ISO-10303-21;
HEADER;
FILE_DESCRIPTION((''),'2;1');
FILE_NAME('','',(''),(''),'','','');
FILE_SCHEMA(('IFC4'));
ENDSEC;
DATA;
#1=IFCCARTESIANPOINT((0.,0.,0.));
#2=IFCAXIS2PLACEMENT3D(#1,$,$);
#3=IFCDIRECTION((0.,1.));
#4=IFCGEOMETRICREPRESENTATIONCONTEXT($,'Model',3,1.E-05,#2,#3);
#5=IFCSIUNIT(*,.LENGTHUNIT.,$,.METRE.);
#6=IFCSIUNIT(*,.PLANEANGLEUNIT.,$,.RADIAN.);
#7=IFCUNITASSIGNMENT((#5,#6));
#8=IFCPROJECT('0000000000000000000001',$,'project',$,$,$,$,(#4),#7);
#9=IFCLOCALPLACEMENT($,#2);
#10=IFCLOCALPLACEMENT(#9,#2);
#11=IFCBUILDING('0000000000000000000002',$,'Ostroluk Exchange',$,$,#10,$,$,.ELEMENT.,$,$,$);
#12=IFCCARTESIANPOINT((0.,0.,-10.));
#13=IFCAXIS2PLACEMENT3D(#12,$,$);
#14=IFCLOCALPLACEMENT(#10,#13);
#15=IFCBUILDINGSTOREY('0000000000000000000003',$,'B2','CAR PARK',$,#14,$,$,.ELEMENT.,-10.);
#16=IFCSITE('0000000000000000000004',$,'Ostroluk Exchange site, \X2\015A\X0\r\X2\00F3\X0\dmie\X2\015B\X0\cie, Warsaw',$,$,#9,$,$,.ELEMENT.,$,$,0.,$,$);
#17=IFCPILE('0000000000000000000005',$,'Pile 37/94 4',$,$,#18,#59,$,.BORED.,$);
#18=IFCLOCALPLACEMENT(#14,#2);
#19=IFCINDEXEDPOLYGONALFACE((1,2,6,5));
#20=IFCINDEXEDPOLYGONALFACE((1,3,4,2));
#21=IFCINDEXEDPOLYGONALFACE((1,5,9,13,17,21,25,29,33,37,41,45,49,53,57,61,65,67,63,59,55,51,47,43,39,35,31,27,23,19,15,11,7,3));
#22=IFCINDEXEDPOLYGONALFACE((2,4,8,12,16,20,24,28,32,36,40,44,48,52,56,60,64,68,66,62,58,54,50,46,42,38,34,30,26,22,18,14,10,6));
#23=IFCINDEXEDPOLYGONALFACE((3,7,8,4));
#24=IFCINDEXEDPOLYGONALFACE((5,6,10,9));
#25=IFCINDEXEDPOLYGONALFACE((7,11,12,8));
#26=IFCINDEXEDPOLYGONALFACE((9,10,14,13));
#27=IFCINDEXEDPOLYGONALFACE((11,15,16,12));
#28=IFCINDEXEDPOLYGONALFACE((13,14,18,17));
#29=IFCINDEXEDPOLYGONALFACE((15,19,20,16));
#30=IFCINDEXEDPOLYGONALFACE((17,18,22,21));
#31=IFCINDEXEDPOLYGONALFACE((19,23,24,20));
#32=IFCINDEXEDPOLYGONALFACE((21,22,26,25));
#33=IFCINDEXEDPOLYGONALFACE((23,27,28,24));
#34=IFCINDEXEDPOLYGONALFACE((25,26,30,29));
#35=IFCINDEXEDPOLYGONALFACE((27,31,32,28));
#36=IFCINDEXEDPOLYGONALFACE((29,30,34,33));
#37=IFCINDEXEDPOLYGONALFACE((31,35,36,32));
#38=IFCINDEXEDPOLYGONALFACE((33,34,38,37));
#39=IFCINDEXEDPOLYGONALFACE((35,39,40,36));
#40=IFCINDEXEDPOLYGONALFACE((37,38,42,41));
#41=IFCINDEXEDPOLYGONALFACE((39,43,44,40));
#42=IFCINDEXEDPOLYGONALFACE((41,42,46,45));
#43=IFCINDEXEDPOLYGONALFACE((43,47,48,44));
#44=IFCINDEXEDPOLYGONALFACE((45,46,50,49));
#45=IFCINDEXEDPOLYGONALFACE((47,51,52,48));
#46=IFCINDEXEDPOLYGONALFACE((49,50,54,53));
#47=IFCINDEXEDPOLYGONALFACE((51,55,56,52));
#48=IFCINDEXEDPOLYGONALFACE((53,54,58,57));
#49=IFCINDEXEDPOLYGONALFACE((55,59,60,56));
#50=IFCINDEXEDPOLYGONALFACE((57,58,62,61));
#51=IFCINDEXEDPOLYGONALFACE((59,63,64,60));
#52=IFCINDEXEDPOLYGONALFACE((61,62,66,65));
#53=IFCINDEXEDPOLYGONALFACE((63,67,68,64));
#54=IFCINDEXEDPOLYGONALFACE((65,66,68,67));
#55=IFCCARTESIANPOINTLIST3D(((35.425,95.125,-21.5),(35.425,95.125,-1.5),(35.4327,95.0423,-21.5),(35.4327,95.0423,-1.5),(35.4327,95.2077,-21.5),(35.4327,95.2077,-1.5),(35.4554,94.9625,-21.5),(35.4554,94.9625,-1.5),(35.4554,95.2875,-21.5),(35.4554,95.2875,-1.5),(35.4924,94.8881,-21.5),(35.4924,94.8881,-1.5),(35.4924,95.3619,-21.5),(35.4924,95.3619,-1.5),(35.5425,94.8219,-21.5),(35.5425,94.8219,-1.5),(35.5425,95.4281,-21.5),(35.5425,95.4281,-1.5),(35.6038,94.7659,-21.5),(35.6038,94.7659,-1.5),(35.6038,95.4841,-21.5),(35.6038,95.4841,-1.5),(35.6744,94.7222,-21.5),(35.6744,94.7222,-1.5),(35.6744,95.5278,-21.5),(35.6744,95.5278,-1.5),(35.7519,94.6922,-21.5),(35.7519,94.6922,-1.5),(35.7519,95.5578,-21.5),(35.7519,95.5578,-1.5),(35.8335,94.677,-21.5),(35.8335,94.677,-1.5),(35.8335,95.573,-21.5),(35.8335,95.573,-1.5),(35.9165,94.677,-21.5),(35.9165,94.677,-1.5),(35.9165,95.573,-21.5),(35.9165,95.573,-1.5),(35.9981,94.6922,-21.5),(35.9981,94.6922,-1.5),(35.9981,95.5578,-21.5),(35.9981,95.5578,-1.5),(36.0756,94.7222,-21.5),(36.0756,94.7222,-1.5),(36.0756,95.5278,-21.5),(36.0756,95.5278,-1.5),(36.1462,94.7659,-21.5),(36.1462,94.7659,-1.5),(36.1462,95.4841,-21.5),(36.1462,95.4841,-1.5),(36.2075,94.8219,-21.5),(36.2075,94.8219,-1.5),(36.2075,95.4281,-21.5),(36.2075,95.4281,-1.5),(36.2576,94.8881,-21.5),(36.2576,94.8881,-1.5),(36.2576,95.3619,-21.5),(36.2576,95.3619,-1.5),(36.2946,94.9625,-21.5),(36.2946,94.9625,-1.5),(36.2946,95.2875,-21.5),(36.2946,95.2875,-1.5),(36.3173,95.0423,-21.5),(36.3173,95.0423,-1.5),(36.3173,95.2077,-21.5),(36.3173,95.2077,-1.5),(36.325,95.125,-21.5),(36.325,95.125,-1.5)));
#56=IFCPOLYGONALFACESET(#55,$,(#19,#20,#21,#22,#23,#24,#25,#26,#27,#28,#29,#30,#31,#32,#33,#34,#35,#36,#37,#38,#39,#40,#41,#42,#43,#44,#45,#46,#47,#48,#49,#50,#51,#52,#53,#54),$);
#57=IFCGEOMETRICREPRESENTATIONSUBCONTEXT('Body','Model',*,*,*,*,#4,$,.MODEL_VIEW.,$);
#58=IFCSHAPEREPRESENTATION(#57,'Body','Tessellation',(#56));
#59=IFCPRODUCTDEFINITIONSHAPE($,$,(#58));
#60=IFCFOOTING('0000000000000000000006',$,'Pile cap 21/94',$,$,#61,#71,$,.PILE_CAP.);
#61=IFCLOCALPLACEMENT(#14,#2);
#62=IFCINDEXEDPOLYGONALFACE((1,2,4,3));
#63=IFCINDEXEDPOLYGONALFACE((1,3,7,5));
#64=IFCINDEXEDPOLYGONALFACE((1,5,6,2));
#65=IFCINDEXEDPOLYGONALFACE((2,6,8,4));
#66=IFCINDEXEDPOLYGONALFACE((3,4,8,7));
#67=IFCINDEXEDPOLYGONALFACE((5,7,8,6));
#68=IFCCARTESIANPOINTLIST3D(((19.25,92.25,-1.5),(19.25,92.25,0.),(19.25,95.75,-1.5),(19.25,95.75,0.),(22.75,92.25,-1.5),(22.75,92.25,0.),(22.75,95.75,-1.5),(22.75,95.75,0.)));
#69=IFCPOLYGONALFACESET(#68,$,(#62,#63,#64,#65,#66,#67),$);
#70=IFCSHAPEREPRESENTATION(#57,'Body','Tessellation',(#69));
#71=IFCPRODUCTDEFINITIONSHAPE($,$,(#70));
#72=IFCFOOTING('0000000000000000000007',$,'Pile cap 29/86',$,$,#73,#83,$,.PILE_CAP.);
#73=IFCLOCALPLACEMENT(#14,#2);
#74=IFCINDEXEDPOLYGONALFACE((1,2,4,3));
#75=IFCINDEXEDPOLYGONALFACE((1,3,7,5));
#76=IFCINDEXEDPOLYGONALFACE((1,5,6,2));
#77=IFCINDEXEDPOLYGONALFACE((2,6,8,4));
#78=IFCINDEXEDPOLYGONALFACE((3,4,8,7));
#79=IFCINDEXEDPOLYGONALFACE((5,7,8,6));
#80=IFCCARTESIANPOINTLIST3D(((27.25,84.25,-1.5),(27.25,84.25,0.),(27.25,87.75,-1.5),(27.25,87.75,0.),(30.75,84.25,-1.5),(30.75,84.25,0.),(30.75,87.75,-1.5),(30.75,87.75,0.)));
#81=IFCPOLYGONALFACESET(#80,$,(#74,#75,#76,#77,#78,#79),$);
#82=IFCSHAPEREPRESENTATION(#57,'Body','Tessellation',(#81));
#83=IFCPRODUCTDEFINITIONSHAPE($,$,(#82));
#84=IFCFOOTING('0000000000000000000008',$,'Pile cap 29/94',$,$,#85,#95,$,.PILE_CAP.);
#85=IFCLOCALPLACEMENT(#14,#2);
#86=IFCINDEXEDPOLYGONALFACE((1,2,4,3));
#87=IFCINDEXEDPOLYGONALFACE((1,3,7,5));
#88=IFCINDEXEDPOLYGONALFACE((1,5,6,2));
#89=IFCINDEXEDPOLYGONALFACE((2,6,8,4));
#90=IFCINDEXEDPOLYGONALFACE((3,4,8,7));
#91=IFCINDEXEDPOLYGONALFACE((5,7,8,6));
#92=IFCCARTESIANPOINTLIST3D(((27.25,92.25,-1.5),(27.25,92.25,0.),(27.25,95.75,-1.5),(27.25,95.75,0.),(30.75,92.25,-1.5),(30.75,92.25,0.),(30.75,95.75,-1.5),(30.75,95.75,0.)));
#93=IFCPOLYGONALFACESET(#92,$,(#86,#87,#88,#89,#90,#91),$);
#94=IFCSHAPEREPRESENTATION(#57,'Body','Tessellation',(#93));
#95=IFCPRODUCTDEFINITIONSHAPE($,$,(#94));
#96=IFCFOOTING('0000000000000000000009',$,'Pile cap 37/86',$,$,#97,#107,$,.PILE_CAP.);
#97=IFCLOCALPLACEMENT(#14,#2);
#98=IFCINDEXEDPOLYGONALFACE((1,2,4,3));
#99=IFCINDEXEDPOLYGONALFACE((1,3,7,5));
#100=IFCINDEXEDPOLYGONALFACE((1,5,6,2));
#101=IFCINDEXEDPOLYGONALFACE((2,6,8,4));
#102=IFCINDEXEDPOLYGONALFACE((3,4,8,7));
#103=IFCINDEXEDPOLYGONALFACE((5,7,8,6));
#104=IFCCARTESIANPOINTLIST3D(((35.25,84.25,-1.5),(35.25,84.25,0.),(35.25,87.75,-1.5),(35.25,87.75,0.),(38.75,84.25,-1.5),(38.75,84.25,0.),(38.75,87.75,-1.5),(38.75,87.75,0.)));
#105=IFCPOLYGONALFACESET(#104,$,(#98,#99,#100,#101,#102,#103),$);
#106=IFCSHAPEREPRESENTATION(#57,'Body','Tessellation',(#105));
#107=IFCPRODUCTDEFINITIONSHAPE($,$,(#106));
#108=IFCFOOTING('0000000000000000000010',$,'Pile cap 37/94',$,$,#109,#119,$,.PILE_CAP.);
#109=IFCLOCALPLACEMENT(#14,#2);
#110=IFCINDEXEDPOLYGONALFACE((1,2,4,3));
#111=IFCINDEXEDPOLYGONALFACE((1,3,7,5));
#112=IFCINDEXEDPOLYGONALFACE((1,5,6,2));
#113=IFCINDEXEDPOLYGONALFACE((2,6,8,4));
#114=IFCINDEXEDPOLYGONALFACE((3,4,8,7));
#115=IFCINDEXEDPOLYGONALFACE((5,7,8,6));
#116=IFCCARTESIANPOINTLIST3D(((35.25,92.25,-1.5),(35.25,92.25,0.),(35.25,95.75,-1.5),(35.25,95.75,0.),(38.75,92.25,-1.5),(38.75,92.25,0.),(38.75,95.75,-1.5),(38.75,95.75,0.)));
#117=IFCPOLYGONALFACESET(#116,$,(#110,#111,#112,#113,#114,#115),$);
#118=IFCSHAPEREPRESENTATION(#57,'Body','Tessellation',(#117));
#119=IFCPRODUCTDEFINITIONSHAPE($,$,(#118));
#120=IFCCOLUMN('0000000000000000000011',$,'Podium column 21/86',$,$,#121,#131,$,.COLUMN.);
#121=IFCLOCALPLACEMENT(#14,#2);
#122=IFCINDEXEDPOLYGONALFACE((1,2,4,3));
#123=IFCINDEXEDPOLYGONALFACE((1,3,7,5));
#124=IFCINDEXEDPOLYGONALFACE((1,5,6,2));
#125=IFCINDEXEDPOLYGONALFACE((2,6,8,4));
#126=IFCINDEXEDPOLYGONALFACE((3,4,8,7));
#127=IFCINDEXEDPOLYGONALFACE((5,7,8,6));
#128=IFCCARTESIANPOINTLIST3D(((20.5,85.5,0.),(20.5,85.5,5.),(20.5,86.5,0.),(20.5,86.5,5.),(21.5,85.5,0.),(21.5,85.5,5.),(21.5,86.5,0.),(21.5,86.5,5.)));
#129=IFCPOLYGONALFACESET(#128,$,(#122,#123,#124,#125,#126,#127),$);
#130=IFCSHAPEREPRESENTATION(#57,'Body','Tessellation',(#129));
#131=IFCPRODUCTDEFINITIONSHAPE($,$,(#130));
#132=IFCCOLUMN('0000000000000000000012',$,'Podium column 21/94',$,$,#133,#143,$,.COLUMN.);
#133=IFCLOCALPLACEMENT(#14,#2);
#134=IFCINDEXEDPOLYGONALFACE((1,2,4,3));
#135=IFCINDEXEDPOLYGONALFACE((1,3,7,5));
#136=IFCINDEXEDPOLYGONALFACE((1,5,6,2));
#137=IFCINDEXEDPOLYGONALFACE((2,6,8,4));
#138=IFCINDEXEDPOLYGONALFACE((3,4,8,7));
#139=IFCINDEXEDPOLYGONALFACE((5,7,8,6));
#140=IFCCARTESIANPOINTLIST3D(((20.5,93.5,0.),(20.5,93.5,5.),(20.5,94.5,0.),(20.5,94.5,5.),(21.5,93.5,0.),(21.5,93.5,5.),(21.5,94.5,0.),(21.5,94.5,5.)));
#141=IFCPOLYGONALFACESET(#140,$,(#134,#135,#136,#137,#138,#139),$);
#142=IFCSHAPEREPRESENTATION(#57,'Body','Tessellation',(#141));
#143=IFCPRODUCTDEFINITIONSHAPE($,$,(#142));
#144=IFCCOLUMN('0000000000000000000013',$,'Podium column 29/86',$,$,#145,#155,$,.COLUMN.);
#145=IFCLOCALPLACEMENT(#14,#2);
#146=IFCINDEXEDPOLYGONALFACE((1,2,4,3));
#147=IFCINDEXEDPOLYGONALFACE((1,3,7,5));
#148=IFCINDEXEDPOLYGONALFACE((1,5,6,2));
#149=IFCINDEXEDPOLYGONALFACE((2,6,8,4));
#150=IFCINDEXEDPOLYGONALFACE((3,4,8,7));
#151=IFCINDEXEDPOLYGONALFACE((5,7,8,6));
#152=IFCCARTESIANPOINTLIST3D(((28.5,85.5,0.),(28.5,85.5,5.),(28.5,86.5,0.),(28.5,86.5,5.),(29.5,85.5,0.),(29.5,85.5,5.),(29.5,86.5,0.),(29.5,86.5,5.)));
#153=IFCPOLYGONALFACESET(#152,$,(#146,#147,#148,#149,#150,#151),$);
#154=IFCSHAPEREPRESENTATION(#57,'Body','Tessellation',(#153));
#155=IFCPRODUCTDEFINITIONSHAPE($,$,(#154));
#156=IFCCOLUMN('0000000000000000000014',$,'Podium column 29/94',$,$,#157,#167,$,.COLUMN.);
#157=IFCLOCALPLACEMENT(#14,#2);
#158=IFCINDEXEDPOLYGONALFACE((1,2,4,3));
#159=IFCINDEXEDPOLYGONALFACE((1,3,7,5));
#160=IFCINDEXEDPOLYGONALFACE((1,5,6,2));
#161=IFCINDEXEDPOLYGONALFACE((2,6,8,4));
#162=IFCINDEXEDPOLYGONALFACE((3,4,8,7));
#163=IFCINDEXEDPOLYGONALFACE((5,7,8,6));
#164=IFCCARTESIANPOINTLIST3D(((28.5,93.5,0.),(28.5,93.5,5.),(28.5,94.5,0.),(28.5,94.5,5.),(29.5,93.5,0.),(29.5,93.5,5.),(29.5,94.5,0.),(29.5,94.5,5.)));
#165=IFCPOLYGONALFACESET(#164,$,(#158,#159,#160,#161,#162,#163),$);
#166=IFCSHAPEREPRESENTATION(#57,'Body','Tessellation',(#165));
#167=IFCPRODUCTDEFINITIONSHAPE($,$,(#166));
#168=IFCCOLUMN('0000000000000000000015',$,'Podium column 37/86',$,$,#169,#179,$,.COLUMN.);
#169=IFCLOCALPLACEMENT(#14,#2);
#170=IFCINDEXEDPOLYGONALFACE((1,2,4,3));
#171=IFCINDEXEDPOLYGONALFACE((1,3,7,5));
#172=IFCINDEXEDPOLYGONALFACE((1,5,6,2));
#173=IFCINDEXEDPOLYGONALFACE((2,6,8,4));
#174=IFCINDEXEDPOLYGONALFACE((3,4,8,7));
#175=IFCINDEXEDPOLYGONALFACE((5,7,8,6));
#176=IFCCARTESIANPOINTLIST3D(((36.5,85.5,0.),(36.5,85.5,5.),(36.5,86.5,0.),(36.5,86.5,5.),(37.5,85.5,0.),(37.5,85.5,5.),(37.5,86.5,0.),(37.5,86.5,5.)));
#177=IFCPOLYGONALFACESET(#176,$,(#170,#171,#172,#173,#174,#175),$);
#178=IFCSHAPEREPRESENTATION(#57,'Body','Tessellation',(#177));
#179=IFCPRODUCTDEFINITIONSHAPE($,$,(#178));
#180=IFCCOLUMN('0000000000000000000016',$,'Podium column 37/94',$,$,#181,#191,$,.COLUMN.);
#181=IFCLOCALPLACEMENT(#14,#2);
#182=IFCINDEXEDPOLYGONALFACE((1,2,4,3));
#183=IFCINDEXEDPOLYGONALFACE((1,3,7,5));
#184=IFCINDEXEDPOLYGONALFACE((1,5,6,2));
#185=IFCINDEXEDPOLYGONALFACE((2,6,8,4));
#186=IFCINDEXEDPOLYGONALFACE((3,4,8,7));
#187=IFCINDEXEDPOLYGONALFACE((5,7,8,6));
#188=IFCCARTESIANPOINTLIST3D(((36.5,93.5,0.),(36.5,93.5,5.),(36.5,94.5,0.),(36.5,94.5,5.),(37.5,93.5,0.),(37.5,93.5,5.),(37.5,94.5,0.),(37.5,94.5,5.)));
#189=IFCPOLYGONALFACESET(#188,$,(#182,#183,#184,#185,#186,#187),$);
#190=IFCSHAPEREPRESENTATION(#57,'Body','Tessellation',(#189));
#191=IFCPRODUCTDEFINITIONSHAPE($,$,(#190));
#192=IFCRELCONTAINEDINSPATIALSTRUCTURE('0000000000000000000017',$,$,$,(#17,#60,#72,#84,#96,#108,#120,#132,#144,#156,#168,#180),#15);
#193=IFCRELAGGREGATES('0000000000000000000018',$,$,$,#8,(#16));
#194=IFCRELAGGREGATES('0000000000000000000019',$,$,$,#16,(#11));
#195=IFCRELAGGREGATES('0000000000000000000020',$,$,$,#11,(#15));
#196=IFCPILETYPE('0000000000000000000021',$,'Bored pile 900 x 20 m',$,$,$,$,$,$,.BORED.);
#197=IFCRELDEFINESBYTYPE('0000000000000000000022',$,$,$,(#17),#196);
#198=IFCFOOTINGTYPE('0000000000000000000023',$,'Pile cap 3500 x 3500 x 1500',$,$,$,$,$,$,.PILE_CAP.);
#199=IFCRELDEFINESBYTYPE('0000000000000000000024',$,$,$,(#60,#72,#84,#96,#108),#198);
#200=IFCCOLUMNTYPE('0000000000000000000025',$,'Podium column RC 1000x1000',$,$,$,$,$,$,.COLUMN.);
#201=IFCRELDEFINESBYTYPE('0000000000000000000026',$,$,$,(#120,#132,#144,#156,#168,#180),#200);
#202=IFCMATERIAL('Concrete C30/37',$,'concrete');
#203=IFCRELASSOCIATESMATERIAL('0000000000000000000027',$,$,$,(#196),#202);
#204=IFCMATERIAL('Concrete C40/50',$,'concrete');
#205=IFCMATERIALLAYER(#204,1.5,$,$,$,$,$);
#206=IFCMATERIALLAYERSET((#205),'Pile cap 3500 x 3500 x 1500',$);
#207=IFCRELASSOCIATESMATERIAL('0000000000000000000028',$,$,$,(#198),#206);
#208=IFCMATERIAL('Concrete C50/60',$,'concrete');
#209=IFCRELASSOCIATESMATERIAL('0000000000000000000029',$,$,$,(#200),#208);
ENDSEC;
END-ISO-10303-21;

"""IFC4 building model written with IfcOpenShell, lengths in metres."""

from ifc_helpers import new_model, si_unit, direction, frame, origin, origin_2d, place, context, subcontext, project, spatial, rectangle, circle, extrude, material, layer, layer_set, material_profile, profile_set, type_object, element, save


model = new_model("IFC4")

# Units and contexts
model_context = context("Model", 3, precision=1e-05, world=origin(), true_north=direction((0.0, 1.0)))
body_context = subcontext(model_context, "Body", "Model", "MODEL_VIEW")
ifc_project = project(units=[si_unit("LENGTHUNIT", "METRE"), si_unit("PLANEANGLEUNIT", "RADIAN")], contexts=[model_context])

# Site, building, storey
site_placement = place(None, origin())
site = spatial("IfcSite", under=ifc_project, at=site_placement, Name="Ostroluk Exchange site, Śródmieście, Warsaw", CompositionType="ELEMENT", RefElevation=0.0)
building_placement = place(site_placement, origin())
building = spatial("IfcBuilding", under=site, at=building_placement, Name="Ostroluk Exchange", CompositionType="ELEMENT")
storey_placement = place(building_placement, frame((0.0, 0.0, -10.0)))
storey = spatial("IfcBuildingStorey", under=building, at=storey_placement, Name="B2", Description="CAR PARK", CompositionType="ELEMENT", Elevation=-10.0)

# Pile
ifc_material_1 = material(Name="Concrete C30/37", Category="concrete")
pile_type = type_object("IfcPileType", Name="Bored pile 900 x 20 m", PredefinedType="BORED", material=ifc_material_1)
for number, where, z_axis, x_axis, name in (
    (1, (35.875, 95.125, -1.5), (0.0, 0.0, -1.0), (1.0, 0.0, 0.0), "Pile 37/94 4"),
):
    element("IfcPile", number, at=place(storey_placement, frame(where, z_axis=z_axis, x_axis=x_axis)), inside=storey, type_object=pile_type, Name=name, PredefinedType="BORED", context=body_context, shape_type="SweptSolid", body=[
        extrude(circle(Radius=0.45, at=origin_2d()), origin(), (0.0, 0.0, 1.0), 20.0),
    ])

# Footings
ifc_material_2 = material(Name="Concrete C40/50", Category="concrete")
ifc_layer = layer(ifc_material_2, 1.5)
ifc_layer_set = layer_set([ifc_layer], Name="Pile cap 3500 x 3500 x 1500")
footing_type = type_object("IfcFootingType", Name="Pile cap 3500 x 3500 x 1500", PredefinedType="PILE_CAP", material=ifc_layer_set)
for number, where, z_axis, x_axis, name in (
    (2, (21.0, 94.0, -1.5), (0.0, 0.0, 1.0), (1.0, 0.0, 0.0), "Pile cap 21/94"),
    (3, (29.0, 86.0, -1.5), (0.0, 0.0, 1.0), (1.0, 0.0, 0.0), "Pile cap 29/86"),
    (4, (29.0, 94.0, -1.5), (0.0, 0.0, 1.0), (1.0, 0.0, 0.0), "Pile cap 29/94"),
    (5, (37.0, 86.0, -1.5), (0.0, 0.0, 1.0), (1.0, 0.0, 0.0), "Pile cap 37/86"),
    (6, (37.0, 94.0, -1.5), (0.0, 0.0, 1.0), (1.0, 0.0, 0.0), "Pile cap 37/94"),
):
    element("IfcFooting", number, at=place(storey_placement, frame(where, z_axis=z_axis, x_axis=x_axis)), inside=storey, type_object=footing_type, Name=name, PredefinedType="PILE_CAP", context=body_context, shape_type="SweptSolid", body=[
        extrude(rectangle(XDim=3.5, YDim=3.5, at=origin_2d()), origin(), (0.0, 0.0, 1.0), 1.5),
    ])

# Columns
ifc_material_3 = material(Name="Concrete C50/60", Category="concrete")
ifc_material_profile = material_profile(ifc_material_3, rectangle(XDim=1.0, YDim=1.0, at=origin_2d()), Name="RC 1000x1000")
ifc_profile_set = profile_set([ifc_material_profile], Name="Concrete C50/60")
column_type = type_object("IfcColumnType", Name="Podium column RC 1000x1000", PredefinedType="COLUMN", material=ifc_profile_set)
for number, where, z_axis, x_axis, name in (
    (7, (21.0, 86.0, 0.0), (0.0, 0.0, 1.0), (1.0, 0.0, 0.0), "Podium column 21/86"),
    (8, (21.0, 94.0, 0.0), (0.0, 0.0, 1.0), (1.0, 0.0, 0.0), "Podium column 21/94"),
    (9, (29.0, 86.0, 0.0), (0.0, 0.0, 1.0), (1.0, 0.0, 0.0), "Podium column 29/86"),
    (10, (29.0, 94.0, 0.0), (0.0, 0.0, 1.0), (1.0, 0.0, 0.0), "Podium column 29/94"),
    (11, (37.0, 86.0, 0.0), (0.0, 0.0, 1.0), (1.0, 0.0, 0.0), "Podium column 37/86"),
    (12, (37.0, 94.0, 0.0), (0.0, 0.0, 1.0), (1.0, 0.0, 0.0), "Podium column 37/94"),
):
    element("IfcColumn", number, at=place(storey_placement, frame(where, z_axis=z_axis, x_axis=x_axis)), inside=storey, type_object=column_type, Name=name, PredefinedType="COLUMN", context=body_context, shape_type="SweptSolid", body=[
        extrude(rectangle(XDim=1.0, YDim=1.0, at=origin_2d()), origin(), (0.0, 0.0, 1.0), 5.0),
    ])

save(model, "model.ifc")
